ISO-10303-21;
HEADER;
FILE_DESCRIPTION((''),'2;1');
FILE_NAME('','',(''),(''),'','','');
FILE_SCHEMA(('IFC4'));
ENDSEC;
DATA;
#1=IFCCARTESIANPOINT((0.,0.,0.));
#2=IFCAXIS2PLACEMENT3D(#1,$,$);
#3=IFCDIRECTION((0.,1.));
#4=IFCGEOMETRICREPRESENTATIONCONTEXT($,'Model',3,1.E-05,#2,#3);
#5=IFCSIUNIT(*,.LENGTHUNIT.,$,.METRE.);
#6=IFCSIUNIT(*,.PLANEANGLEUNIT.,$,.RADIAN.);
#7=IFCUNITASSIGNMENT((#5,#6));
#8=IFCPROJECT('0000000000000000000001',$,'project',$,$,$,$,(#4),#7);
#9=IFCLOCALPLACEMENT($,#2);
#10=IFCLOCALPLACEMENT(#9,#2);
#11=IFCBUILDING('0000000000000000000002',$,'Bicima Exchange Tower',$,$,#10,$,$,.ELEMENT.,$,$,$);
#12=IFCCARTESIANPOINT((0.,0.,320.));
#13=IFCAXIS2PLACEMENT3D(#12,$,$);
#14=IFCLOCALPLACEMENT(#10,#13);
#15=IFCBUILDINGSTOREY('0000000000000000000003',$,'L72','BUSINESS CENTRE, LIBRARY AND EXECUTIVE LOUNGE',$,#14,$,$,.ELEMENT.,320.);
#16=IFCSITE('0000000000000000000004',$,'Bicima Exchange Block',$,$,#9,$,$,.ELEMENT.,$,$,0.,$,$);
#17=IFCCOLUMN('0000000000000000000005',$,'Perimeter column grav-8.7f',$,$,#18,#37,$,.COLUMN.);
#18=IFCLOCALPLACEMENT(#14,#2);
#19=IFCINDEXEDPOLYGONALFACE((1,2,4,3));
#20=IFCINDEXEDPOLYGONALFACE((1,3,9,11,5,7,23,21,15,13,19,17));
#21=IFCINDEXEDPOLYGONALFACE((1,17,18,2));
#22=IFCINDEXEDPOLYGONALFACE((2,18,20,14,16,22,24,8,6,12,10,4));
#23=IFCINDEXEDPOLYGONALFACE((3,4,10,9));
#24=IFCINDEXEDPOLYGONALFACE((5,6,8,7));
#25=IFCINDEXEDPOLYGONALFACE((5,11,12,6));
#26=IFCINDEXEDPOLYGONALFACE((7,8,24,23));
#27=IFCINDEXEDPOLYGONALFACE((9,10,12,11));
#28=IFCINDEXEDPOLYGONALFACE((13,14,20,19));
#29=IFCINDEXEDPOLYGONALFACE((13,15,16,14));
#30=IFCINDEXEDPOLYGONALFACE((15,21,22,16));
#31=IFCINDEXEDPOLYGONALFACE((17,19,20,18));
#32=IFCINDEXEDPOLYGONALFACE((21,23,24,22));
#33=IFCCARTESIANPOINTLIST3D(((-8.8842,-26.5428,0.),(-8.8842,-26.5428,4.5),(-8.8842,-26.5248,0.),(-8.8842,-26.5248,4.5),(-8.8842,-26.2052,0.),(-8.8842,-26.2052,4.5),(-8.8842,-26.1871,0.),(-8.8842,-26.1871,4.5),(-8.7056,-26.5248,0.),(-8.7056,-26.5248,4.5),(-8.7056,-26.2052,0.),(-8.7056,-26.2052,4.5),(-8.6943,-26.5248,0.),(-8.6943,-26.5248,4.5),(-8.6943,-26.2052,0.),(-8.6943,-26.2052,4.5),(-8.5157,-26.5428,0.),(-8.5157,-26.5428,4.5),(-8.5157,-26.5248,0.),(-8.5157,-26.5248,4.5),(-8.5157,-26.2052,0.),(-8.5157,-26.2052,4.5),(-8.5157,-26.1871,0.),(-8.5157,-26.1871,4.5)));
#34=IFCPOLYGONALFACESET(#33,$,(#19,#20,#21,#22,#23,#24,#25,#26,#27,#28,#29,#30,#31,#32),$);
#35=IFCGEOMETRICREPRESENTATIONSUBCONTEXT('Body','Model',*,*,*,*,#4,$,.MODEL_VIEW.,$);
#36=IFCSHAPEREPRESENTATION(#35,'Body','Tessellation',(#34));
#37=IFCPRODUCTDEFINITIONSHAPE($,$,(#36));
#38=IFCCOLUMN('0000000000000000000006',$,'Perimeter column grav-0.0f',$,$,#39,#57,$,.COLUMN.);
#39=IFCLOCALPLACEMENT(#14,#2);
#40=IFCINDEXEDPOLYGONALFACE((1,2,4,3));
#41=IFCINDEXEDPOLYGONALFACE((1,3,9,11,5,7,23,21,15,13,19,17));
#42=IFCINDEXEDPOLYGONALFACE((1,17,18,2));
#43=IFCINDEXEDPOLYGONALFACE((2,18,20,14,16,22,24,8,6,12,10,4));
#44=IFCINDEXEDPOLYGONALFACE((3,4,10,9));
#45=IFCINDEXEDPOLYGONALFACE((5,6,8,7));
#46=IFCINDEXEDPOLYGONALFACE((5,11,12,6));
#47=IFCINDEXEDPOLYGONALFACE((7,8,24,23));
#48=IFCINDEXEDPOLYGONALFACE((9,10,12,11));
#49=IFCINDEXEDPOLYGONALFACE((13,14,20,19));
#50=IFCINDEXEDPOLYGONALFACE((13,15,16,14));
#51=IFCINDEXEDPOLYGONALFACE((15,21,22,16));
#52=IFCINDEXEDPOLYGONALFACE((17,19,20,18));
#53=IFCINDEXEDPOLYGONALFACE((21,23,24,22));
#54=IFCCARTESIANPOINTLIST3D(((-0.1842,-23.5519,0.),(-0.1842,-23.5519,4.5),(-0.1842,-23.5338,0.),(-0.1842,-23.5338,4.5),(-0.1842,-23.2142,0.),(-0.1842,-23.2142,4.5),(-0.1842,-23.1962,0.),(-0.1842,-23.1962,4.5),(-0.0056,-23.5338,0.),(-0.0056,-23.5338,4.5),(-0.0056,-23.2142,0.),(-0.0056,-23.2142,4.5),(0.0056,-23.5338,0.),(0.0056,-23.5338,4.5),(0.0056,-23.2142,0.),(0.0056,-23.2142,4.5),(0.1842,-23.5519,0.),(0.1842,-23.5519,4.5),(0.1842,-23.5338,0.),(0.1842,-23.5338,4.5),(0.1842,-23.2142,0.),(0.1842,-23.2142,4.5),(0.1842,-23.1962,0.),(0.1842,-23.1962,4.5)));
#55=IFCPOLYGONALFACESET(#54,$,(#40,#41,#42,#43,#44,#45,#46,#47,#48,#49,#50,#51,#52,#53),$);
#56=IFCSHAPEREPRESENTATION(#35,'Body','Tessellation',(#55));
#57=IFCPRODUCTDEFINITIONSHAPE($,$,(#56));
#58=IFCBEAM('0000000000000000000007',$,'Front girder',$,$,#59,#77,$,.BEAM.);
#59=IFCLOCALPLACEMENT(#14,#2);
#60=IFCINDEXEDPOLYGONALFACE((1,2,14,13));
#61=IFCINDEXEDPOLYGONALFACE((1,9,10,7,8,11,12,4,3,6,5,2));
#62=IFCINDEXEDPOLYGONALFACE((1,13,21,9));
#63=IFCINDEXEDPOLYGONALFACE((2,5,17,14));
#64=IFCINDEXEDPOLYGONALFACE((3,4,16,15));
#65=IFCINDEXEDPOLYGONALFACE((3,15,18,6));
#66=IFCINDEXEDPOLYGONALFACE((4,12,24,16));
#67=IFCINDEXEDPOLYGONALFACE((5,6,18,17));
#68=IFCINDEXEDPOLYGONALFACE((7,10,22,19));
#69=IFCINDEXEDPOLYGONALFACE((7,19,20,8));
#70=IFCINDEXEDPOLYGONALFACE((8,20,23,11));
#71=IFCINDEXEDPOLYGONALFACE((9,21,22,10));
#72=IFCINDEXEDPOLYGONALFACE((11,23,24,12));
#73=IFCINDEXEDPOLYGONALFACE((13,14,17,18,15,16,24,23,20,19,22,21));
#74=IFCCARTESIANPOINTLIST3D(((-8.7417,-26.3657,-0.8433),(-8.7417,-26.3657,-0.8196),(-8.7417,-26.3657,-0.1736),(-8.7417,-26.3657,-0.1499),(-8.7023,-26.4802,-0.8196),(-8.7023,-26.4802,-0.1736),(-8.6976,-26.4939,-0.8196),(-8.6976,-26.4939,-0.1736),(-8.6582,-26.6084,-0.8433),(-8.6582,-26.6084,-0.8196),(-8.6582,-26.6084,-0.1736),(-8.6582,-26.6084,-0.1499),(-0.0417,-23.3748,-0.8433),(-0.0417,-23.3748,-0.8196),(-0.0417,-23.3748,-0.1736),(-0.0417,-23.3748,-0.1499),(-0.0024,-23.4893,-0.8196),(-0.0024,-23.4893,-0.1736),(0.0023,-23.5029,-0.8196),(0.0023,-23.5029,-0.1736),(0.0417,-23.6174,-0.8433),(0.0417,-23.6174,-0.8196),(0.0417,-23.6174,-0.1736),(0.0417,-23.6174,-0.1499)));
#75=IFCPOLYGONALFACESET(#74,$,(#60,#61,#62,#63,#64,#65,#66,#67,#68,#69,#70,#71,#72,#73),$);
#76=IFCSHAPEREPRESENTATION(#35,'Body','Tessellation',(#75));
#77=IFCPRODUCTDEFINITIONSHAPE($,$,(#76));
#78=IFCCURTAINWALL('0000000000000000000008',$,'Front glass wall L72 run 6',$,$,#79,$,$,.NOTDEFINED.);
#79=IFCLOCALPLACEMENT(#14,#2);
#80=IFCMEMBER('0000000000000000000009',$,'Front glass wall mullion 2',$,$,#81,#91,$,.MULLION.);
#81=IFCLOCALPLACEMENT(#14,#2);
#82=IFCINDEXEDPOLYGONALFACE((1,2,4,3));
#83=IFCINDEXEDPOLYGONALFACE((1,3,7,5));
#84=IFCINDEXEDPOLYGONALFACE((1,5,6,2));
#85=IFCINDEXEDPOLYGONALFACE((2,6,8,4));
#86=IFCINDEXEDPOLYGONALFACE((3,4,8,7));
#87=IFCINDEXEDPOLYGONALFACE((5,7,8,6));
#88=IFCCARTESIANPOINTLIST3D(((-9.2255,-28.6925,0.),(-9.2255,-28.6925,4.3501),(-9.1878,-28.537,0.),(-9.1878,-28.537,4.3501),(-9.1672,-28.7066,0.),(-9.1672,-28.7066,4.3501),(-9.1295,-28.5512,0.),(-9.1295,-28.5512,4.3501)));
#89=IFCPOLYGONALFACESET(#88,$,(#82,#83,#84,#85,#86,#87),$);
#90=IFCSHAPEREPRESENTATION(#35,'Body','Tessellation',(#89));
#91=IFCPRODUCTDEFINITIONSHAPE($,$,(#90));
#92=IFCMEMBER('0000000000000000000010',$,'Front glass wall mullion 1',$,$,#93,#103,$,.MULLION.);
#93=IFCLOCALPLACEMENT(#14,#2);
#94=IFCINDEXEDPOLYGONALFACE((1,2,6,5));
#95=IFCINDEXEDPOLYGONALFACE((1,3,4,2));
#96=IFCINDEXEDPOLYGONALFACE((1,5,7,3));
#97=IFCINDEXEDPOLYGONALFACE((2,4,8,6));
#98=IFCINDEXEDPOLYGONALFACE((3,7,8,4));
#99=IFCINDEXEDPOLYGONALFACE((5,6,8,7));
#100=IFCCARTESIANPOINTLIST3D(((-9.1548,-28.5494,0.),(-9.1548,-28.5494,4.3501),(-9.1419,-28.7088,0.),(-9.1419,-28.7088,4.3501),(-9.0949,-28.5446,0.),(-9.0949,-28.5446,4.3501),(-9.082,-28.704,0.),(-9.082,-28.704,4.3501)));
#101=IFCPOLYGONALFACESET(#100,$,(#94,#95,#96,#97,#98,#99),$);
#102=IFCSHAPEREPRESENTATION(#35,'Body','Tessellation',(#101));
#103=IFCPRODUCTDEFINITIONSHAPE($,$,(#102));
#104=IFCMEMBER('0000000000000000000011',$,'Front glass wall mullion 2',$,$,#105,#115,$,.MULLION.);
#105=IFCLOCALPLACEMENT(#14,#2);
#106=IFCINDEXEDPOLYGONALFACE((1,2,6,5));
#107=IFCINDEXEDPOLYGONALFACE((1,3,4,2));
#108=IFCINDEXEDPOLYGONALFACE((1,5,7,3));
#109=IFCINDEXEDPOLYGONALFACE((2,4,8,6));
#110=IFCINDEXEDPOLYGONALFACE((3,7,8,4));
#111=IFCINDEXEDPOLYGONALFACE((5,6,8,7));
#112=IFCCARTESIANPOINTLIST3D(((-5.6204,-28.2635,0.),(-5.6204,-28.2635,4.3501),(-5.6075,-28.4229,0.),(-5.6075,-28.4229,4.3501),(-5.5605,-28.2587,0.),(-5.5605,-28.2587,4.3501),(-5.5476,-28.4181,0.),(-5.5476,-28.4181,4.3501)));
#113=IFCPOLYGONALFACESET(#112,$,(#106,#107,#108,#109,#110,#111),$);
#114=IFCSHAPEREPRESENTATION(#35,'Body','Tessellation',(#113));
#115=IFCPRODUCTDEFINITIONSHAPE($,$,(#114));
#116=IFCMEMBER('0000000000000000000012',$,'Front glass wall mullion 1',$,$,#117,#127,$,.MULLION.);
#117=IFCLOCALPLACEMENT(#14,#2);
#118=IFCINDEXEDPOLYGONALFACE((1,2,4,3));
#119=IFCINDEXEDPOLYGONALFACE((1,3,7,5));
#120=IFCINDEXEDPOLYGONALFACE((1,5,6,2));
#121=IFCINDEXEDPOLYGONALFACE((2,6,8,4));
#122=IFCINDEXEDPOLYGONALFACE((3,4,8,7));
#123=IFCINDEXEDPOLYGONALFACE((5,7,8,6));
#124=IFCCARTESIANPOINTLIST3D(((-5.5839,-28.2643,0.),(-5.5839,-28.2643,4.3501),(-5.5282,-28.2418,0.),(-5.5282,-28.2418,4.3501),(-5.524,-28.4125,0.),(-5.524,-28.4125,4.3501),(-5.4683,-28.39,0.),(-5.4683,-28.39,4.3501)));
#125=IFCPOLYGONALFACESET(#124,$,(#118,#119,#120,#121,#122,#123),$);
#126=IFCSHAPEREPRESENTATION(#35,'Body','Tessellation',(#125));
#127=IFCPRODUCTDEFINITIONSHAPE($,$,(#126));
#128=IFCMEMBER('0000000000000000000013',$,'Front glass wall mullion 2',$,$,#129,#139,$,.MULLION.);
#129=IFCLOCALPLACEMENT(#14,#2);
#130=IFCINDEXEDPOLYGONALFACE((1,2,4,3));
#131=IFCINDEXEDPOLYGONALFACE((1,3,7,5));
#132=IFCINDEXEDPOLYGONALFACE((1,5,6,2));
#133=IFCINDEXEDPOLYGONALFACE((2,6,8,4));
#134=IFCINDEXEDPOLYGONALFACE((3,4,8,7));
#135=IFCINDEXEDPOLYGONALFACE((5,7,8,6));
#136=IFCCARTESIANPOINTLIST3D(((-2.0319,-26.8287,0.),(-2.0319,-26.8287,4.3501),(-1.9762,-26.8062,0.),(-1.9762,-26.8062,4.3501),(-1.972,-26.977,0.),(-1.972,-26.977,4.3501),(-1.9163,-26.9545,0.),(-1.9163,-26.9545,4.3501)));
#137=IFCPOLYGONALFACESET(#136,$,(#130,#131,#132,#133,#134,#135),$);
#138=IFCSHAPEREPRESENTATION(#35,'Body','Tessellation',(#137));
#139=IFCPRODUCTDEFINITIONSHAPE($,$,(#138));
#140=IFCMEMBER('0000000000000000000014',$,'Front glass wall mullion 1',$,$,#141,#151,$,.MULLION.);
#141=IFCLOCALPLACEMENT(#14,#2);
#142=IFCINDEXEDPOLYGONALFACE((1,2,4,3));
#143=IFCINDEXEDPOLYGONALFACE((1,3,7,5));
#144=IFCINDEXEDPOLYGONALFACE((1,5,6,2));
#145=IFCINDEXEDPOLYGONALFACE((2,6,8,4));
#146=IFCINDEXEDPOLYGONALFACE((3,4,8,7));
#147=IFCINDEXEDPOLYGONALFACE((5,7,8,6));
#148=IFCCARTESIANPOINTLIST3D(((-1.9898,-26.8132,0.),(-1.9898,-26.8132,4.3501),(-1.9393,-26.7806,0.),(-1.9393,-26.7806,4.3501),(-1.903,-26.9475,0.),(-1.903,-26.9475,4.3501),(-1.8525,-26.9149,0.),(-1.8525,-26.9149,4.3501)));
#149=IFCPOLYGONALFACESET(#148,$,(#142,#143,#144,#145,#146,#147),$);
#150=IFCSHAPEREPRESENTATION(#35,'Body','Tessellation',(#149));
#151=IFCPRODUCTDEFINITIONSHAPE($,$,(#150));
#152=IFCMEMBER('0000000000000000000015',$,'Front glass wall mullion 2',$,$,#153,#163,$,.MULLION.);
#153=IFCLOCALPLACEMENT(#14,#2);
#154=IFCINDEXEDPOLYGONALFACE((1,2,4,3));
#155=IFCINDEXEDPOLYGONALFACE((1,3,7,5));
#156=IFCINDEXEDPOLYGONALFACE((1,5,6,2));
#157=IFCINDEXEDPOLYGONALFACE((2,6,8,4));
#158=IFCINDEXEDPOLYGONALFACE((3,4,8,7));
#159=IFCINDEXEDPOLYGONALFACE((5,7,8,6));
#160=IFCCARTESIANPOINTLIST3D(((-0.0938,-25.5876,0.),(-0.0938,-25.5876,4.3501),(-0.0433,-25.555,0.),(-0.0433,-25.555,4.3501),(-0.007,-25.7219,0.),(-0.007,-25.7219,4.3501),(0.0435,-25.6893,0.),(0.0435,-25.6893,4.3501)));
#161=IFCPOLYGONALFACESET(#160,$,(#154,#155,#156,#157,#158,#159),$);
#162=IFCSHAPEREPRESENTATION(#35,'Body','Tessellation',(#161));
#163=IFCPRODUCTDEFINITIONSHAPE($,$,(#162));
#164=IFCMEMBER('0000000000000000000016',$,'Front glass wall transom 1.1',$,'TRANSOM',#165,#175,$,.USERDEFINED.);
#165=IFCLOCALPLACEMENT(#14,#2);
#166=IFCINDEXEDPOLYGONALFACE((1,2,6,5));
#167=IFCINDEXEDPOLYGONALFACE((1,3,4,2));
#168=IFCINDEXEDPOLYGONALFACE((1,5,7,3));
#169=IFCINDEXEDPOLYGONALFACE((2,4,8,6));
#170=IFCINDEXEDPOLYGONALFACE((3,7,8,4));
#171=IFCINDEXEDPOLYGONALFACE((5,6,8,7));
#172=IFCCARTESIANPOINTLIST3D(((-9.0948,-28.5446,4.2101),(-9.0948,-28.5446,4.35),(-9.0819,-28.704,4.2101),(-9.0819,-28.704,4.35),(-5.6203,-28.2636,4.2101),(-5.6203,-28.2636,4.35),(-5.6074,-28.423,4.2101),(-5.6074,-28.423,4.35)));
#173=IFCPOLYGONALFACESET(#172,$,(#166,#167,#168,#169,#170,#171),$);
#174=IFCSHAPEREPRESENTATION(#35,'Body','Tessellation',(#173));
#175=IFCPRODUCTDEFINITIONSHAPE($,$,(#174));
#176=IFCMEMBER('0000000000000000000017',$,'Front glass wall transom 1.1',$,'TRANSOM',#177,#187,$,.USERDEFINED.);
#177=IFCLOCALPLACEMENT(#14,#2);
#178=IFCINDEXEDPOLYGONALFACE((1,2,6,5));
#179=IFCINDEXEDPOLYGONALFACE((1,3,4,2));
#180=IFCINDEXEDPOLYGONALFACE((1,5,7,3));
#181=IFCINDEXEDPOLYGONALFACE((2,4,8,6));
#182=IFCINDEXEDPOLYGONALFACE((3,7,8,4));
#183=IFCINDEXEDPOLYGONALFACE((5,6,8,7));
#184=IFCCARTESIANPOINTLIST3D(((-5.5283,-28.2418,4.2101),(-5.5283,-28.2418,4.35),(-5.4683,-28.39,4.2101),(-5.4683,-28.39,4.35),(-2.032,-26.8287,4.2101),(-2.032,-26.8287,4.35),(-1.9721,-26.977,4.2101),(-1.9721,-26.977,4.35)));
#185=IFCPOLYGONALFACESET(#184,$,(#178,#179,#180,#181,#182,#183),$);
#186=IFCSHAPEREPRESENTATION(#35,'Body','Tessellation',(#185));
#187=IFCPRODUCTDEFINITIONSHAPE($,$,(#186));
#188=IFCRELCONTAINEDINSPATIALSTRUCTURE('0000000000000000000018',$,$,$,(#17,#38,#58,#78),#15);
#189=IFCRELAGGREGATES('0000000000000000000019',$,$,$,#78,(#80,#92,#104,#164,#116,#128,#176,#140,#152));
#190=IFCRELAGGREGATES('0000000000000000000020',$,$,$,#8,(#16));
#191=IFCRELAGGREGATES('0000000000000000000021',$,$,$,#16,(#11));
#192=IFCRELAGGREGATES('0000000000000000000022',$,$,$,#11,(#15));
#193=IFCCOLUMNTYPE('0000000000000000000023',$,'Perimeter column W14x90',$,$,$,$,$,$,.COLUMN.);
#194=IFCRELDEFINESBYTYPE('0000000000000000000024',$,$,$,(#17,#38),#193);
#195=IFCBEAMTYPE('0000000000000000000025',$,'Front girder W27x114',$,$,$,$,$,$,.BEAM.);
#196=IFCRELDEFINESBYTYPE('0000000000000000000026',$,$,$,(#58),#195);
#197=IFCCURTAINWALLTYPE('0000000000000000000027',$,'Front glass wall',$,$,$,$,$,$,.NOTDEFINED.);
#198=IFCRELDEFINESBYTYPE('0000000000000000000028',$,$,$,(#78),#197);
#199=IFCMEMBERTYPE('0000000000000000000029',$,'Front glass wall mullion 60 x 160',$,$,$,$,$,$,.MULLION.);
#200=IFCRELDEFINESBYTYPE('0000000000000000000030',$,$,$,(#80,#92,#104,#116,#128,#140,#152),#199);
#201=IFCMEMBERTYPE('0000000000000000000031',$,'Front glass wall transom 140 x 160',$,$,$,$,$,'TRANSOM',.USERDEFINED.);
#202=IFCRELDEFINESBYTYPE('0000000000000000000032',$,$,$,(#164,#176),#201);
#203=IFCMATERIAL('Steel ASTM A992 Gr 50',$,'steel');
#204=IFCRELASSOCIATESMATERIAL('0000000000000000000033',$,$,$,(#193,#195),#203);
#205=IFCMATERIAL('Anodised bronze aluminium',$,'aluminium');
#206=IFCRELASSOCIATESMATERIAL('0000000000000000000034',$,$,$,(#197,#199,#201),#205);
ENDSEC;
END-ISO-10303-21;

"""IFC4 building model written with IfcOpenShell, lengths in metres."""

from ifc_helpers import new_model, si_unit, direction, frame, origin, origin_2d, place, context, subcontext, project, spatial, rectangle, i_section, extrude, material, material_profile, profile_set, type_object, element, aggregate, save


model = new_model("IFC4")

# Units and contexts
model_context = context("Model", 3, precision=1e-05, world=origin(), true_north=direction((0.0, 1.0)))
body_context = subcontext(model_context, "Body", "Model", "MODEL_VIEW")
ifc_project = project(units=[si_unit("LENGTHUNIT", "METRE"), si_unit("PLANEANGLEUNIT", "RADIAN")], contexts=[model_context])

# Site, building, storey
site_placement = place(None, origin())
site = spatial("IfcSite", under=ifc_project, at=site_placement, Name="Bicima Exchange Block", CompositionType="ELEMENT", RefElevation=0.0)
building_placement = place(site_placement, origin())
building = spatial("IfcBuilding", under=site, at=building_placement, Name="Bicima Exchange Tower", CompositionType="ELEMENT")
storey_placement = place(building_placement, frame((0.0, 0.0, 320.0)))
storey = spatial("IfcBuildingStorey", under=building, at=storey_placement, Name="L72", Description="BUSINESS CENTRE, LIBRARY AND EXECUTIVE LOUNGE", CompositionType="ELEMENT", Elevation=320.0)

# Columns
ifc_material_1 = material(Name="Steel ASTM A992 Gr 50", Category="steel")
ifc_material_profile_1 = material_profile(ifc_material_1, i_section(OverallWidth=0.3684, OverallDepth=0.3557, WebThickness=0.0112, FlangeThickness=0.0181, at=origin_2d()))
ifc_profile_set_1 = profile_set([ifc_material_profile_1], Name="Steel ASTM A992 Gr 50")
column_type = type_object("IfcColumnType", Name="Perimeter column W14x90", PredefinedType="COLUMN", material=ifc_profile_set_1)
for number, where, z_axis, x_axis, name in (
    (1, (-8.7, -26.365, 0.0), (0.0, 0.0, 1.0), (1.0, 0.0, 0.0), "Perimeter column grav-8.7f"),
    (2, (0.0, -23.374, 0.0), (0.0, 0.0, 1.0), (1.0, 0.0, 0.0), "Perimeter column grav-0.0f"),
):
    element("IfcColumn", number, at=place(storey_placement, frame(where, z_axis=z_axis, x_axis=x_axis)), inside=storey, type_object=column_type, Name=name, PredefinedType="COLUMN", context=body_context, shape_type="SweptSolid", body=[
        extrude(i_section(OverallWidth=0.3684, OverallDepth=0.3557, WebThickness=0.0112, FlangeThickness=0.0181, at=origin_2d()), origin(), (0.0, 0.0, 1.0), 4.5),
    ])

# Beam
ifc_material_profile_2 = material_profile(ifc_material_1, i_section(OverallWidth=0.2566, OverallDepth=0.6934, WebThickness=0.0144, FlangeThickness=0.0237, at=origin_2d()))
ifc_profile_set_2 = profile_set([ifc_material_profile_2], Name="Steel ASTM A992 Gr 50")
beam_type = type_object("IfcBeamType", Name="Front girder W27x114", PredefinedType="BEAM", material=ifc_profile_set_2)
beam_placement = place(storey_placement, frame((-8.7, -26.4871, -0.4966), z_axis=(0.945675, 0.325115, 0.0), x_axis=(-0.325115, 0.945675, 0.0)))
element("IfcBeam", 3, at=beam_placement, inside=storey, type_object=beam_type, Name="Front girder", PredefinedType="BEAM", context=body_context, shape_type="SweptSolid", body=[
    extrude(i_section(OverallWidth=0.2566, OverallDepth=0.6934, WebThickness=0.0144, FlangeThickness=0.0237, at=origin_2d()), origin(), (0.0, 0.0, 1.0), 9.1997),
])

# Curtain wall, members
ifc_material_2 = material(Name="Anodised bronze aluminium", Category="aluminium")
curtain_wall_type = type_object("IfcCurtainWallType", Name="Front glass wall", PredefinedType="NOTDEFINED", material=ifc_material_2)
curtain_wall_placement = place(storey_placement, origin())
curtain_wall = element("IfcCurtainWall", 4, at=curtain_wall_placement, inside=storey, type_object=curtain_wall_type, Name="Front glass wall L72 run 6", PredefinedType="NOTDEFINED")
ifc_material_profile_3 = material_profile(ifc_material_2, rectangle(XDim=0.1599, YDim=0.0601, at=origin_2d()))
ifc_profile_set_3 = profile_set([ifc_material_profile_3], Name="Anodised bronze aluminium")
member_type_1 = type_object("IfcMemberType", Name="Front glass wall mullion 60 x 160", PredefinedType="MULLION", material=ifc_profile_set_3)
member_1_placement = place(storey_placement, frame((-9.1775, -28.6218, 0.0), z_axis=(0.0, 0.0, 1.0), x_axis=(0.235682, 0.97183, 0.0)))
member_1 = element("IfcMember", 5, at=member_1_placement, type_object=member_type_1, Name="Front glass wall mullion 2", PredefinedType="MULLION", context=body_context, shape_type="SweptSolid", body=[
    extrude(rectangle(XDim=0.1599, YDim=0.0601, at=origin_2d()), origin(), (0.0, 0.0, 1.0), 4.3501),
])
member_2_placement = place(storey_placement, frame((-9.1184, -28.6267, 0.0), z_axis=(0.0, 0.0, 1.0), x_axis=(-0.080589, 0.996747, 0.0)))
member_2 = element("IfcMember", 6, at=member_2_placement, type_object=member_type_1, Name="Front glass wall mullion 1", PredefinedType="MULLION", context=body_context, shape_type="SweptSolid", body=[
    extrude(rectangle(XDim=0.1599, YDim=0.0601, at=origin_2d()), origin(), (0.0, 0.0, 1.0), 4.3501),
])
member_3_placement = place(storey_placement, frame((-5.584, -28.3408, 0.0), z_axis=(0.0, 0.0, 1.0), x_axis=(-0.080589, 0.996747, 0.0)))
member_3 = element("IfcMember", 7, at=member_3_placement, type_object=member_type_1, Name="Front glass wall mullion 2", PredefinedType="MULLION", context=body_context, shape_type="SweptSolid", body=[
    extrude(rectangle(XDim=0.1599, YDim=0.0601, at=origin_2d()), origin(), (0.0, 0.0, 1.0), 4.3501),
])
member_4_placement = place(storey_placement, frame((-5.5261, -28.3271, 0.0), z_axis=(0.0, 0.0, 1.0), x_axis=(-0.374705, 0.927144, 0.0)))
member_4 = element("IfcMember", 8, at=member_4_placement, type_object=member_type_1, Name="Front glass wall mullion 1", PredefinedType="MULLION", context=body_context, shape_type="SweptSolid", body=[
    extrude(rectangle(XDim=0.1599, YDim=0.0601, at=origin_2d()), origin(), (0.0, 0.0, 1.0), 4.3501),
])
member_5_placement = place(storey_placement, frame((-1.9741, -26.8916, 0.0), z_axis=(0.0, 0.0, 1.0), x_axis=(-0.374705, 0.927144, 0.0)))
member_5 = element("IfcMember", 9, at=member_5_placement, type_object=member_type_1, Name="Front glass wall mullion 2", PredefinedType="MULLION", context=body_context, shape_type="SweptSolid", body=[
    extrude(rectangle(XDim=0.1599, YDim=0.0601, at=origin_2d()), origin(), (0.0, 0.0, 1.0), 4.3501),
])
member_6_placement = place(storey_placement, frame((-1.9211, -26.864, 0.0), z_axis=(0.0, 0.0, 1.0), x_axis=(-0.542897, 0.839799, 0.0)))
member_6 = element("IfcMember", 10, at=member_6_placement, type_object=member_type_1, Name="Front glass wall mullion 1", PredefinedType="MULLION", context=body_context, shape_type="SweptSolid", body=[
    extrude(rectangle(XDim=0.1599, YDim=0.0601, at=origin_2d()), origin(), (0.0, 0.0, 1.0), 4.3501),
])
member_7_placement = place(storey_placement, frame((-0.0251, -25.6384, 0.0), z_axis=(0.0, 0.0, 1.0), x_axis=(-0.542897, 0.839799, 0.0)))
member_7 = element("IfcMember", 11, at=member_7_placement, type_object=member_type_1, Name="Front glass wall mullion 2", PredefinedType="MULLION", context=body_context, shape_type="SweptSolid", body=[
    extrude(rectangle(XDim=0.1599, YDim=0.0601, at=origin_2d()), origin(), (0.0, 0.0, 1.0), 4.3501),
])
ifc_material_profile_4 = material_profile(ifc_material_2, rectangle(XDim=0.1599, YDim=0.1399, at=origin_2d()))
ifc_profile_set_4 = profile_set([ifc_material_profile_4], Name="Anodised bronze aluminium")
member_type_2 = type_object("IfcMemberType", Name="Front glass wall transom 140 x 160", ElementType="TRANSOM", PredefinedType="USERDEFINED", material=ifc_profile_set_4)
member_8_placement = place(storey_placement, frame((-9.0884, -28.6243, 4.28), z_axis=(0.996746, 0.080611, 0.0), x_axis=(-0.080611, 0.996746, 0.0)))
member_8 = element("IfcMember", 12, at=member_8_placement, type_object=member_type_2, Name="Front glass wall transom 1.1", ObjectType="TRANSOM", PredefinedType="USERDEFINED", context=body_context, shape_type="SweptSolid", body=[
    extrude(rectangle(XDim=0.1599, YDim=0.1399, at=origin_2d()), origin(), (0.0, 0.0, 1.0), 3.4858),
])
member_9_placement = place(storey_placement, frame((-5.4983, -28.3159, 4.28), z_axis=(0.92714, 0.374715, 0.0), x_axis=(-0.374715, 0.92714, 0.0)))
member_9 = element("IfcMember", 13, at=member_9_placement, type_object=member_type_2, Name="Front glass wall transom 1.1", ObjectType="TRANSOM", PredefinedType="USERDEFINED", context=body_context, shape_type="SweptSolid", body=[
    extrude(rectangle(XDim=0.1599, YDim=0.1399, at=origin_2d()), origin(), (0.0, 0.0, 1.0), 3.771),
])
aggregate(curtain_wall, [member_1, member_2, member_3, member_8, member_4, member_5, member_9, member_6, member_7])

save(model, "model.ifc")
